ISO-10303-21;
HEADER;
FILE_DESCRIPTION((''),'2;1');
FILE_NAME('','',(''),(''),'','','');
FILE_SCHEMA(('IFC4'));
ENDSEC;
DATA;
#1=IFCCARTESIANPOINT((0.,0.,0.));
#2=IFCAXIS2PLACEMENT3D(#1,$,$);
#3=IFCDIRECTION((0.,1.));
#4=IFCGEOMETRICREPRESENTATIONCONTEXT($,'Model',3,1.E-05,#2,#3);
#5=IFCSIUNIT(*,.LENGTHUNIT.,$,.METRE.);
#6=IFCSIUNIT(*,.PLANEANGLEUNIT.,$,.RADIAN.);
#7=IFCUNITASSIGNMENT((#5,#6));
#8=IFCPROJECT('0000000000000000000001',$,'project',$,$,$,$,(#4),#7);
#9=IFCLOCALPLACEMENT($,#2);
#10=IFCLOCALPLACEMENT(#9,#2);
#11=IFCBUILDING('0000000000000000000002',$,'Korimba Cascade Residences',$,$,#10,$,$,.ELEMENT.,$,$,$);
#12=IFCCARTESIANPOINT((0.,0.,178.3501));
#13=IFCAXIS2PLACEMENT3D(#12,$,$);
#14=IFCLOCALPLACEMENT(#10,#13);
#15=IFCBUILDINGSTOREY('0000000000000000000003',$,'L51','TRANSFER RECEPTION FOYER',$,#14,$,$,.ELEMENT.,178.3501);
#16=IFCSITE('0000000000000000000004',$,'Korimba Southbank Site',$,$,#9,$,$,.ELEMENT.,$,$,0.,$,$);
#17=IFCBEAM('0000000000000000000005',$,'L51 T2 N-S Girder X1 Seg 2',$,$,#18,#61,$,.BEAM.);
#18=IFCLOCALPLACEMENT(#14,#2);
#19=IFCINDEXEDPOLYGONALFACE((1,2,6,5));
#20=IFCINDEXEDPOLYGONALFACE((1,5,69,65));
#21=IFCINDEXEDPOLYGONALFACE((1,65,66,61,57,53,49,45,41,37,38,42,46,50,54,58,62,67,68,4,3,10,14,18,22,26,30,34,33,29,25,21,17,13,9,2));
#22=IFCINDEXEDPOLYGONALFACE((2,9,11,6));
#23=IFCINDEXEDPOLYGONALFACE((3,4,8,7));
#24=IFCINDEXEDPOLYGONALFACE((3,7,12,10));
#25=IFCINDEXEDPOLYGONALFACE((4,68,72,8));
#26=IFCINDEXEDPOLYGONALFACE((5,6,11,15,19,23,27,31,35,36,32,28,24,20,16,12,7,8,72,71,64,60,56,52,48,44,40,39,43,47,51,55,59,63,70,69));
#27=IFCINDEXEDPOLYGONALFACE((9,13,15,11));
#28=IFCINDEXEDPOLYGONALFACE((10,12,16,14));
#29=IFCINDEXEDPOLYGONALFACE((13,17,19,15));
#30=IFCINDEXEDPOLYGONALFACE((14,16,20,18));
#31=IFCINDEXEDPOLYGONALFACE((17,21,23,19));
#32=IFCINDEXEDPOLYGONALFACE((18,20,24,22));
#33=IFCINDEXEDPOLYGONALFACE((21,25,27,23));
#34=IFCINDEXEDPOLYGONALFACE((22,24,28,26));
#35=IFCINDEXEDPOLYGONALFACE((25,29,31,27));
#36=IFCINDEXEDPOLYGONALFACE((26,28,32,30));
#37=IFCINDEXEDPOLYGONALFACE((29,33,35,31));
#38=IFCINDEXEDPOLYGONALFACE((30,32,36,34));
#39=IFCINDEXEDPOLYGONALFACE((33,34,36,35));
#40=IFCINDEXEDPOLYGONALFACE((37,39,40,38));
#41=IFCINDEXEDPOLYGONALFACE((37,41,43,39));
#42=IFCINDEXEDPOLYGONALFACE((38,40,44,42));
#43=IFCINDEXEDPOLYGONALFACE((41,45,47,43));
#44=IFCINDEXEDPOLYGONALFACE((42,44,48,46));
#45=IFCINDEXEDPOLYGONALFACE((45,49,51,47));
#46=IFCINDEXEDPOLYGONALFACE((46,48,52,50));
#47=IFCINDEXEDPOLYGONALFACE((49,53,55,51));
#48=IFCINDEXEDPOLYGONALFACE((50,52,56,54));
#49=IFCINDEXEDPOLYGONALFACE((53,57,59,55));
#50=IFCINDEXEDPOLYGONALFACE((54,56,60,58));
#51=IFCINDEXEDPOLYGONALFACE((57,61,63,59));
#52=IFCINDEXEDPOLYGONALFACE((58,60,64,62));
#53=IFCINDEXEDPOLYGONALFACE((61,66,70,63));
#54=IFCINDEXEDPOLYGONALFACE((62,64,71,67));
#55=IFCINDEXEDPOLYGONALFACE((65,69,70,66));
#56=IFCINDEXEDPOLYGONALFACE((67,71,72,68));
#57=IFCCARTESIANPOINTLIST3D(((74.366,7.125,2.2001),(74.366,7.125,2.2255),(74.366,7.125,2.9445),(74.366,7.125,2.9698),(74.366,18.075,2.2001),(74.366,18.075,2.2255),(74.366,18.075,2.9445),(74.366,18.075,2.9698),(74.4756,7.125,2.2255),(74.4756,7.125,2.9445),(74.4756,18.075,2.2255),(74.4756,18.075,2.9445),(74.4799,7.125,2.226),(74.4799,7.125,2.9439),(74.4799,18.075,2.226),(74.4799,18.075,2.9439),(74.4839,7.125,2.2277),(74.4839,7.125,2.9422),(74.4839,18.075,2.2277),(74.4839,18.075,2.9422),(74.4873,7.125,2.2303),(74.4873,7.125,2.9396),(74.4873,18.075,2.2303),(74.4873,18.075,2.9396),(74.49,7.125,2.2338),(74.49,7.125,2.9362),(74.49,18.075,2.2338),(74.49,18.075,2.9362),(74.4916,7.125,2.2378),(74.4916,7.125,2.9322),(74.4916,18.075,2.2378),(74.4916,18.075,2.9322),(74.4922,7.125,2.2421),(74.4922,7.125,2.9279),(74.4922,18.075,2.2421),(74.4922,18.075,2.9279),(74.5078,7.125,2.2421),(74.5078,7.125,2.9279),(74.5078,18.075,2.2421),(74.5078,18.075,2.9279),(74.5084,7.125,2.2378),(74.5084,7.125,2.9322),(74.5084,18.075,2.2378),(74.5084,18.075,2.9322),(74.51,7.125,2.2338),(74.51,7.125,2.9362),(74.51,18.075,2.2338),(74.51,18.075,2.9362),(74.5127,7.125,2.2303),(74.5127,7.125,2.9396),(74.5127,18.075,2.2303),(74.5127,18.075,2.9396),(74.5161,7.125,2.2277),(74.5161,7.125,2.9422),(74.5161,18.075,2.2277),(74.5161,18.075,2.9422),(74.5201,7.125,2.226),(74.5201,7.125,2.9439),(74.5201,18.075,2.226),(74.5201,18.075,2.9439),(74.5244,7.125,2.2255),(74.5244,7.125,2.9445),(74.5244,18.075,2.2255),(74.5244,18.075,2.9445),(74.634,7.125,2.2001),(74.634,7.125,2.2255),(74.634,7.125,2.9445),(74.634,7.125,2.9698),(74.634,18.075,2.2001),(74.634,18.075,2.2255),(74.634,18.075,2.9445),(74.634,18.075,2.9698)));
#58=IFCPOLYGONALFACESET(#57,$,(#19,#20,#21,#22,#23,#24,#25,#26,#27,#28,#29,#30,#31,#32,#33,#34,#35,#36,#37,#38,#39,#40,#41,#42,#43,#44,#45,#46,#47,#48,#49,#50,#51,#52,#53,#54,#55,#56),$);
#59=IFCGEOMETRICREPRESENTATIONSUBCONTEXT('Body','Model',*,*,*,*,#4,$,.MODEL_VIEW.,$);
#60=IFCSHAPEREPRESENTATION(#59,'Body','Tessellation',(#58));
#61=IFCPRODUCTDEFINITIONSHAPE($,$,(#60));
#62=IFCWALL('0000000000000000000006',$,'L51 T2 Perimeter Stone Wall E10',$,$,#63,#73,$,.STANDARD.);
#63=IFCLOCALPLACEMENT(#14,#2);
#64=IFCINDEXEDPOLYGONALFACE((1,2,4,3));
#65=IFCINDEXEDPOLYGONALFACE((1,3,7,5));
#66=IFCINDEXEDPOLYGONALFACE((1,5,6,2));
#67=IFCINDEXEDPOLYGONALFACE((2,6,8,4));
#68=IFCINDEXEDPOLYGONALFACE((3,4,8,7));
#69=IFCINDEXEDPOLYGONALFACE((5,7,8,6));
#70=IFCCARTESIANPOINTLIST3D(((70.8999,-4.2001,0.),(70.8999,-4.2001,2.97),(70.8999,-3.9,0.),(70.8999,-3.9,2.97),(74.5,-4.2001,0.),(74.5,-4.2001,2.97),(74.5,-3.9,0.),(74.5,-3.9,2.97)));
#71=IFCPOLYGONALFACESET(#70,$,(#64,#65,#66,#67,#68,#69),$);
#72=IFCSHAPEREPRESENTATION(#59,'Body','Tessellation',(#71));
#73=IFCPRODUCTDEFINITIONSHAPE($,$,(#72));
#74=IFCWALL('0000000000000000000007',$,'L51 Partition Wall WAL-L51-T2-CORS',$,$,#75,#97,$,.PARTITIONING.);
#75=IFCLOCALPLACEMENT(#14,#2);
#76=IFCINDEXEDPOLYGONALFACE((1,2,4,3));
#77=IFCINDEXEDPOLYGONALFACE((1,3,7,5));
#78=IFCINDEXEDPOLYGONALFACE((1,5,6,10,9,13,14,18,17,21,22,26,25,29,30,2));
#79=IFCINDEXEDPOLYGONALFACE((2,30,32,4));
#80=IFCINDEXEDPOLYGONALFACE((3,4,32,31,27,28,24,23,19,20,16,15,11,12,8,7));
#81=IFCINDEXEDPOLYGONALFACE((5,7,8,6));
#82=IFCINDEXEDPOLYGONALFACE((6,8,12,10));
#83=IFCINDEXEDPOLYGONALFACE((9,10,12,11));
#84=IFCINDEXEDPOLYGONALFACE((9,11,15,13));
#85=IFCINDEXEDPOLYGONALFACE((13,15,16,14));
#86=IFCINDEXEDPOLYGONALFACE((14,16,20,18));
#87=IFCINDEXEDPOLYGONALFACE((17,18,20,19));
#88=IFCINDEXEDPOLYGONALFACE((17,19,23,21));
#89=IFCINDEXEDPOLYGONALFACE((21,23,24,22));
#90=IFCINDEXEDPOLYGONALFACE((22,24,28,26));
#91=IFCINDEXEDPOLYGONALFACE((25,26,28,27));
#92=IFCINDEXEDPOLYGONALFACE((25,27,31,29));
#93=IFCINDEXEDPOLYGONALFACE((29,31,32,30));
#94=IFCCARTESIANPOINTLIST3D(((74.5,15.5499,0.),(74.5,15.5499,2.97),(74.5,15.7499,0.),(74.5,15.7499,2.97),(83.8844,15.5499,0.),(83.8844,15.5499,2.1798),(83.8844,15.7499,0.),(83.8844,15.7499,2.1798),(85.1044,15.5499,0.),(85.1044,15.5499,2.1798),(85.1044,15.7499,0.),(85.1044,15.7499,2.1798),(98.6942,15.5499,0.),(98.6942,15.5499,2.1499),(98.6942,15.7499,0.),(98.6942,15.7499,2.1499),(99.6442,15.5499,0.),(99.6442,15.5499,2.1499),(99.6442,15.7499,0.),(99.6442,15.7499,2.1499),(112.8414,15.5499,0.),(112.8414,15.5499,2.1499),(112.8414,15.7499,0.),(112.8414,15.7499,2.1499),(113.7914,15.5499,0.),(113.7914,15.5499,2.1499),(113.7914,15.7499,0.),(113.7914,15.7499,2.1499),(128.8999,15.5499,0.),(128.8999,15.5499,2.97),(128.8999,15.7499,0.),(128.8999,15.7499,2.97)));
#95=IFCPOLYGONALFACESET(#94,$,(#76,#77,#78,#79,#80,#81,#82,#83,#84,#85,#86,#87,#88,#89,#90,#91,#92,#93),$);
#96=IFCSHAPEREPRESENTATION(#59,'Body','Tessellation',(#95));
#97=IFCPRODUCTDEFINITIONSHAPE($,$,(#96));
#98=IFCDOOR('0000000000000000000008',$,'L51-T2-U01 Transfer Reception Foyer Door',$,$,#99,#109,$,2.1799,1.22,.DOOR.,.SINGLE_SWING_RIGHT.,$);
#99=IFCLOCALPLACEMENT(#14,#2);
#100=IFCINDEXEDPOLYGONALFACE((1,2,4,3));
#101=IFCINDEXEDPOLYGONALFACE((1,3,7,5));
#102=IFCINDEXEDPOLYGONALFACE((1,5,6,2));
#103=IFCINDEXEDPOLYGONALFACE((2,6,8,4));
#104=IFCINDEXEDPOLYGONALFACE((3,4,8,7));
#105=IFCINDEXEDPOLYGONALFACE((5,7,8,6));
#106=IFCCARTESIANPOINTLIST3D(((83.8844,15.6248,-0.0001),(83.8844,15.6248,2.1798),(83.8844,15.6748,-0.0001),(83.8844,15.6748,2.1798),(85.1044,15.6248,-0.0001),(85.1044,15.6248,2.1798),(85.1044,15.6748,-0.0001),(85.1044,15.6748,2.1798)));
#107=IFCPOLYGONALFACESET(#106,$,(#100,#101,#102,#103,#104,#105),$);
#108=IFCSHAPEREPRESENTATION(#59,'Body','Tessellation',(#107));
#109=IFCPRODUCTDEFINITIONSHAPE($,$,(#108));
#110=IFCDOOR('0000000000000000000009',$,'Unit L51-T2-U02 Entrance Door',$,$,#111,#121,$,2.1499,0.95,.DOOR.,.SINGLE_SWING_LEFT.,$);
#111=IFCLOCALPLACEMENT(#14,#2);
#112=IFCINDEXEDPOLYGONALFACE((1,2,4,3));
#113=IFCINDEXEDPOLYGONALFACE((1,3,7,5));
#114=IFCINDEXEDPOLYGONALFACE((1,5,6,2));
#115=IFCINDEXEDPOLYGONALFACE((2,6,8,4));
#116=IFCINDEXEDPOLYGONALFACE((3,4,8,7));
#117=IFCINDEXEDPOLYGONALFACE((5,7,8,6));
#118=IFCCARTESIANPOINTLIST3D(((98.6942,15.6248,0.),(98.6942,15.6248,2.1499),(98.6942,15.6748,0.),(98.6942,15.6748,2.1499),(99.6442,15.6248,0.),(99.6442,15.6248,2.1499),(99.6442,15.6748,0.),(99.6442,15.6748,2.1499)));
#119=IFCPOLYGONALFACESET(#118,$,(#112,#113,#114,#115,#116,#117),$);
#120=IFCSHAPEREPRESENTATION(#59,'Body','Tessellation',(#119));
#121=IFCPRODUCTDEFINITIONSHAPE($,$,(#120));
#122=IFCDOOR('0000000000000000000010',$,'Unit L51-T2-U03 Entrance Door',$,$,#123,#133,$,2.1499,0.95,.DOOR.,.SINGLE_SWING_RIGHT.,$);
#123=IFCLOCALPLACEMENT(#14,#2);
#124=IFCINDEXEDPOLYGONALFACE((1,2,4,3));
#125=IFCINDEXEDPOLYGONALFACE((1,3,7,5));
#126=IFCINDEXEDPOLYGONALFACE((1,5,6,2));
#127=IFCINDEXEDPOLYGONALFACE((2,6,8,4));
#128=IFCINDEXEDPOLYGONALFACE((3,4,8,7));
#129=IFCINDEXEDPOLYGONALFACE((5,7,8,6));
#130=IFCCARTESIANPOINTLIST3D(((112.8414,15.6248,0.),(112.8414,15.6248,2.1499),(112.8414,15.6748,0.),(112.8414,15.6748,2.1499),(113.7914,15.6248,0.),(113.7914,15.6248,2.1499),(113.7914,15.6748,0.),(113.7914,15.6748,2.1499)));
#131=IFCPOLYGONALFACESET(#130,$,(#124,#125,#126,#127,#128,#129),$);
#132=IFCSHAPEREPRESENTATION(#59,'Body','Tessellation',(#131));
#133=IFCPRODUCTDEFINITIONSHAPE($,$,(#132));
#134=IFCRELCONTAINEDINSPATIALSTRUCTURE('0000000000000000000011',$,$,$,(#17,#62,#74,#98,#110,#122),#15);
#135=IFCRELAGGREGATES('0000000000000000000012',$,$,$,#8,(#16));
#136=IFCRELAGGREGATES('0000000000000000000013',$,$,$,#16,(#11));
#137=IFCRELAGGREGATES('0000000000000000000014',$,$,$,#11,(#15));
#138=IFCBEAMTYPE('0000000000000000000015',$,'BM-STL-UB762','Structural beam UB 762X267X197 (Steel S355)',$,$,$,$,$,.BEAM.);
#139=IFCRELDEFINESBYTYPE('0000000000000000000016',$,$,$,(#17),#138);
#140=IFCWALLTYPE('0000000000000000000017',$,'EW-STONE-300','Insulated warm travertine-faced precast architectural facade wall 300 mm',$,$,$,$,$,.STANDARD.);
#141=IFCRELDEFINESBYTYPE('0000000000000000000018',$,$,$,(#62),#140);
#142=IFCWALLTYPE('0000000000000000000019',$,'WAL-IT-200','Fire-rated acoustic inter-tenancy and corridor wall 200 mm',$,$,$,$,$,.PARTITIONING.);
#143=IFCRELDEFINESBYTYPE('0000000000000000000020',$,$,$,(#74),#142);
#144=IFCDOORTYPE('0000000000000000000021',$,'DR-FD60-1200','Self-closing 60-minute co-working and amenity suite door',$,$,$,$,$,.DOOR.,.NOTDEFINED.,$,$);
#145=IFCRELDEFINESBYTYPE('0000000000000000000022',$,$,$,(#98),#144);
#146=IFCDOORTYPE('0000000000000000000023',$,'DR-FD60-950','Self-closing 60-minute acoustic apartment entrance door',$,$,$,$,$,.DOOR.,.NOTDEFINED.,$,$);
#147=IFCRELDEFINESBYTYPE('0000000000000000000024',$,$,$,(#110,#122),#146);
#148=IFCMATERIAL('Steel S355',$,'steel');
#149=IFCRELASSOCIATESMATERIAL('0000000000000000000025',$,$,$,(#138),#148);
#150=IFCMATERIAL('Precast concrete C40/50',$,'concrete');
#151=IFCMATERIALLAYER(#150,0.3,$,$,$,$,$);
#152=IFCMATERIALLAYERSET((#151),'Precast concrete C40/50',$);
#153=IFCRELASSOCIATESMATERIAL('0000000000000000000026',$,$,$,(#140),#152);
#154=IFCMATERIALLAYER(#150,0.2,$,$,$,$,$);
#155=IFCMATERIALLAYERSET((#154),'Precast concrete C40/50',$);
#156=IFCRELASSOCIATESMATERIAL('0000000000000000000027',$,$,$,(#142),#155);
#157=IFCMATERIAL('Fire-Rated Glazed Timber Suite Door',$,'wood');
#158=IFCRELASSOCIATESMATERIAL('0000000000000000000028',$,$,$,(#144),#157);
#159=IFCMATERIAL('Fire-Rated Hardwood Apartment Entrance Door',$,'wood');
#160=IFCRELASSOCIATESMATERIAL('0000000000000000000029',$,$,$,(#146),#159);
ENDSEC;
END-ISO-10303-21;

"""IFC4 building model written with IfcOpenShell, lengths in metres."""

from ifc_helpers import new_model, si_unit, direction, frame, frame_2d, origin, origin_2d, place, context, subcontext, project, spatial, rectangle, i_section, extrude, material, layer, layer_set, material_profile, profile_set, type_object, element, fill, save


model = new_model("IFC4")

# Units and contexts
model_context = context("Model", 3, precision=1e-05, world=origin(), true_north=direction((0.0, 1.0)))
body_context = subcontext(model_context, "Body", "Model", "MODEL_VIEW")
ifc_project = project(units=[si_unit("LENGTHUNIT", "METRE"), si_unit("PLANEANGLEUNIT", "RADIAN")], contexts=[model_context])

# Site, building, storey
site_placement = place(None, origin())
site = spatial("IfcSite", under=ifc_project, at=site_placement, Name="Korimba Southbank Site", CompositionType="ELEMENT", RefElevation=0.0)
building_placement = place(site_placement, origin())
building = spatial("IfcBuilding", under=site, at=building_placement, Name="Korimba Cascade Residences", CompositionType="ELEMENT")
storey_placement = place(building_placement, frame((0.0, 0.0, 178.3501)))
storey = spatial("IfcBuildingStorey", under=building, at=storey_placement, Name="L51", Description="TRANSFER RECEPTION FOYER", CompositionType="ELEMENT", Elevation=178.3501)

# Beam
ifc_material_1 = material(Name="Steel S355", Category="steel")
ifc_material_profile_1 = material_profile(ifc_material_1, i_section(OverallWidth=0.2681, OverallDepth=0.7698, WebThickness=0.0156, FlangeThickness=0.0254, FilletRadius=0.0166, at=origin_2d()), Name="Steel S355")
ifc_profile_set_1 = profile_set([ifc_material_profile_1], Name="Steel S355")
beam_type_1 = type_object("IfcBeamType", Name="BM-STL-UB762", Description="Structural beam UB 762X267X197 (Steel S355)", PredefinedType="BEAM", material=ifc_profile_set_1)
beam_1_placement = place(storey_placement, frame((74.5, 7.125, 2.585), z_axis=(0.0, 1.0, 0.0), x_axis=(-1.0, 0.0, 0.0)))
element("IfcBeam", 1, at=beam_1_placement, inside=storey, type_object=beam_type_1, Name="L51 T2 N-S Girder X1 Seg 2", PredefinedType="BEAM", context=body_context, shape_type="SweptSolid", body=[
    extrude(i_section(OverallWidth=0.2681, OverallDepth=0.7698, WebThickness=0.0156, FlangeThickness=0.0254, FilletRadius=0.0166, at=origin_2d()), origin(), (0.0, 0.0, 1.0), 10.95),
])

# Wall
ifc_material_2 = material(Name="Precast concrete C40/50", Category="concrete")
ifc_layer_1 = layer(ifc_material_2, 0.3)
ifc_layer_set_1 = layer_set([ifc_layer_1], Name="Precast concrete C40/50")
wall_type_1 = type_object("IfcWallType", Name="EW-STONE-300", Description="Insulated warm travertine-faced precast architectural facade wall 300 mm", PredefinedType="STANDARD", material=ifc_layer_set_1)
wall_1_placement = place(storey_placement, frame((70.8999, -4.05, 0.0), z_axis=(0.0, 0.0, 1.0), x_axis=(1.0, 0.0, 0.0)))
element("IfcWall", 2, at=wall_1_placement, inside=storey, type_object=wall_type_1, Name="L51 T2 Perimeter Stone Wall E10", PredefinedType="STANDARD", context=body_context, shape_type="SweptSolid", body=[
    extrude(rectangle(XDim=3.6001, YDim=0.3, at=frame_2d((1.8, 0.0))), origin(), (0.0, 0.0, 1.0), 2.97),
])

# Wall, openings, doors
ifc_layer_2 = layer(ifc_material_2, 0.2)
ifc_layer_set_2 = layer_set([ifc_layer_2], Name="Precast concrete C40/50")
wall_type_2 = type_object("IfcWallType", Name="WAL-IT-200", Description="Fire-rated acoustic inter-tenancy and corridor wall 200 mm", PredefinedType="PARTITIONING", material=ifc_layer_set_2)
wall_2_placement = place(storey_placement, frame((74.5, 15.6499, 0.0), z_axis=(0.0, 0.0, 1.0), x_axis=(1.0, 0.0, 0.0)))
wall_2 = element("IfcWall", 3, at=wall_2_placement, inside=storey, type_object=wall_type_2, Name="L51 Partition Wall WAL-L51-T2-CORS", PredefinedType="PARTITIONING", context=body_context, shape_type="SweptSolid", body=[
    extrude(rectangle(XDim=54.3999, YDim=0.2, at=frame_2d((27.2, 0.0))), origin(), (0.0, 0.0, 1.0), 2.97),
])
opening_1_placement = place(wall_2_placement, frame((9.3845, 0.0, 0.0)))
opening_1 = element("IfcOpeningElement", 4, at=opening_1_placement, cuts=wall_2, PredefinedType="OPENING", context=body_context, shape_type="SweptSolid", body=[
    extrude(rectangle(XDim=1.22, YDim=2.1799, at=frame_2d((0.6099, 1.0898))), frame((0.0, 0.1099, 0.0), z_axis=(0.0, -1.0, 0.0), x_axis=(1.0, 0.0, 0.0)), (0.0, 0.0, 1.0), 0.22),
])
opening_2_placement = place(wall_2_placement, frame((24.1941, 0.0, 0.0)))
opening_2 = element("IfcOpeningElement", 5, at=opening_2_placement, cuts=wall_2, PredefinedType="OPENING", context=body_context, shape_type="SweptSolid", body=[
    extrude(rectangle(XDim=0.95, YDim=2.1499, at=frame_2d((0.4751, 1.075))), frame((0.0, 0.1099, 0.0), z_axis=(0.0, -1.0, 0.0), x_axis=(1.0, 0.0, 0.0)), (0.0, 0.0, 1.0), 0.22),
])
opening_3_placement = place(wall_2_placement, frame((38.3413, 0.0, 0.0)))
opening_3 = element("IfcOpeningElement", 6, at=opening_3_placement, cuts=wall_2, PredefinedType="OPENING", context=body_context, shape_type="SweptSolid", body=[
    extrude(rectangle(XDim=0.95, YDim=2.1499, at=frame_2d((0.4751, 1.075))), frame((0.0, 0.1099, 0.0), z_axis=(0.0, -1.0, 0.0), x_axis=(1.0, 0.0, 0.0)), (0.0, 0.0, 1.0), 0.22),
])
ifc_material_3 = material(Name="Fire-Rated Glazed Timber Suite Door", Category="wood")
door_type_1 = type_object("IfcDoorType", Name="DR-FD60-1200", Description="Self-closing 60-minute co-working and amenity suite door", OperationType="NOTDEFINED", PredefinedType="DOOR", material=ifc_material_3)
door_1_placement = place(opening_1_placement, origin())
door_1 = element("IfcDoor", 7, at=door_1_placement, inside=storey, type_object=door_type_1, Name="L51-T2-U01 Transfer Reception Foyer Door", OperationType="SINGLE_SWING_RIGHT", OverallHeight=2.1799, OverallWidth=1.22, PredefinedType="DOOR", context=body_context, shape_type="SweptSolid", body=[
    extrude(rectangle(XDim=1.22, YDim=2.1799, at=frame_2d((0.6099, 1.0898))), frame((0.0, 0.0249, 0.0), z_axis=(0.0, -1.0, 0.0), x_axis=(1.0, 0.0, 0.0)), (0.0, 0.0, 1.0), 0.05),
])
fill(opening_1, door_1)
ifc_material_4 = material(Name="Fire-Rated Hardwood Apartment Entrance Door", Category="wood")
door_type_2 = type_object("IfcDoorType", Name="DR-FD60-950", Description="Self-closing 60-minute acoustic apartment entrance door", OperationType="NOTDEFINED", PredefinedType="DOOR", material=ifc_material_4)
door_2_placement = place(opening_2_placement, origin())
door_2 = element("IfcDoor", 8, at=door_2_placement, inside=storey, type_object=door_type_2, Name="Unit L51-T2-U02 Entrance Door", OperationType="SINGLE_SWING_LEFT", OverallHeight=2.1499, OverallWidth=0.95, PredefinedType="DOOR", context=body_context, shape_type="SweptSolid", body=[
    extrude(rectangle(XDim=0.95, YDim=2.1499, at=frame_2d((0.4751, 1.075))), frame((0.0, 0.0249, 0.0), z_axis=(0.0, -1.0, 0.0), x_axis=(1.0, 0.0, 0.0)), (0.0, 0.0, 1.0), 0.05),
])
fill(opening_2, door_2)
door_3_placement = place(opening_3_placement, origin())
door_3 = element("IfcDoor", 9, at=door_3_placement, inside=storey, type_object=door_type_2, Name="Unit L51-T2-U03 Entrance Door", OperationType="SINGLE_SWING_RIGHT", OverallHeight=2.1499, OverallWidth=0.95, PredefinedType="DOOR", context=body_context, shape_type="SweptSolid", body=[
    extrude(rectangle(XDim=0.95, YDim=2.1499, at=frame_2d((0.4751, 1.075))), frame((0.0, 0.0249, 0.0), z_axis=(0.0, -1.0, 0.0), x_axis=(1.0, 0.0, 0.0)), (0.0, 0.0, 1.0), 0.05),
])
fill(opening_3, door_3)

save(model, "model.ifc")
